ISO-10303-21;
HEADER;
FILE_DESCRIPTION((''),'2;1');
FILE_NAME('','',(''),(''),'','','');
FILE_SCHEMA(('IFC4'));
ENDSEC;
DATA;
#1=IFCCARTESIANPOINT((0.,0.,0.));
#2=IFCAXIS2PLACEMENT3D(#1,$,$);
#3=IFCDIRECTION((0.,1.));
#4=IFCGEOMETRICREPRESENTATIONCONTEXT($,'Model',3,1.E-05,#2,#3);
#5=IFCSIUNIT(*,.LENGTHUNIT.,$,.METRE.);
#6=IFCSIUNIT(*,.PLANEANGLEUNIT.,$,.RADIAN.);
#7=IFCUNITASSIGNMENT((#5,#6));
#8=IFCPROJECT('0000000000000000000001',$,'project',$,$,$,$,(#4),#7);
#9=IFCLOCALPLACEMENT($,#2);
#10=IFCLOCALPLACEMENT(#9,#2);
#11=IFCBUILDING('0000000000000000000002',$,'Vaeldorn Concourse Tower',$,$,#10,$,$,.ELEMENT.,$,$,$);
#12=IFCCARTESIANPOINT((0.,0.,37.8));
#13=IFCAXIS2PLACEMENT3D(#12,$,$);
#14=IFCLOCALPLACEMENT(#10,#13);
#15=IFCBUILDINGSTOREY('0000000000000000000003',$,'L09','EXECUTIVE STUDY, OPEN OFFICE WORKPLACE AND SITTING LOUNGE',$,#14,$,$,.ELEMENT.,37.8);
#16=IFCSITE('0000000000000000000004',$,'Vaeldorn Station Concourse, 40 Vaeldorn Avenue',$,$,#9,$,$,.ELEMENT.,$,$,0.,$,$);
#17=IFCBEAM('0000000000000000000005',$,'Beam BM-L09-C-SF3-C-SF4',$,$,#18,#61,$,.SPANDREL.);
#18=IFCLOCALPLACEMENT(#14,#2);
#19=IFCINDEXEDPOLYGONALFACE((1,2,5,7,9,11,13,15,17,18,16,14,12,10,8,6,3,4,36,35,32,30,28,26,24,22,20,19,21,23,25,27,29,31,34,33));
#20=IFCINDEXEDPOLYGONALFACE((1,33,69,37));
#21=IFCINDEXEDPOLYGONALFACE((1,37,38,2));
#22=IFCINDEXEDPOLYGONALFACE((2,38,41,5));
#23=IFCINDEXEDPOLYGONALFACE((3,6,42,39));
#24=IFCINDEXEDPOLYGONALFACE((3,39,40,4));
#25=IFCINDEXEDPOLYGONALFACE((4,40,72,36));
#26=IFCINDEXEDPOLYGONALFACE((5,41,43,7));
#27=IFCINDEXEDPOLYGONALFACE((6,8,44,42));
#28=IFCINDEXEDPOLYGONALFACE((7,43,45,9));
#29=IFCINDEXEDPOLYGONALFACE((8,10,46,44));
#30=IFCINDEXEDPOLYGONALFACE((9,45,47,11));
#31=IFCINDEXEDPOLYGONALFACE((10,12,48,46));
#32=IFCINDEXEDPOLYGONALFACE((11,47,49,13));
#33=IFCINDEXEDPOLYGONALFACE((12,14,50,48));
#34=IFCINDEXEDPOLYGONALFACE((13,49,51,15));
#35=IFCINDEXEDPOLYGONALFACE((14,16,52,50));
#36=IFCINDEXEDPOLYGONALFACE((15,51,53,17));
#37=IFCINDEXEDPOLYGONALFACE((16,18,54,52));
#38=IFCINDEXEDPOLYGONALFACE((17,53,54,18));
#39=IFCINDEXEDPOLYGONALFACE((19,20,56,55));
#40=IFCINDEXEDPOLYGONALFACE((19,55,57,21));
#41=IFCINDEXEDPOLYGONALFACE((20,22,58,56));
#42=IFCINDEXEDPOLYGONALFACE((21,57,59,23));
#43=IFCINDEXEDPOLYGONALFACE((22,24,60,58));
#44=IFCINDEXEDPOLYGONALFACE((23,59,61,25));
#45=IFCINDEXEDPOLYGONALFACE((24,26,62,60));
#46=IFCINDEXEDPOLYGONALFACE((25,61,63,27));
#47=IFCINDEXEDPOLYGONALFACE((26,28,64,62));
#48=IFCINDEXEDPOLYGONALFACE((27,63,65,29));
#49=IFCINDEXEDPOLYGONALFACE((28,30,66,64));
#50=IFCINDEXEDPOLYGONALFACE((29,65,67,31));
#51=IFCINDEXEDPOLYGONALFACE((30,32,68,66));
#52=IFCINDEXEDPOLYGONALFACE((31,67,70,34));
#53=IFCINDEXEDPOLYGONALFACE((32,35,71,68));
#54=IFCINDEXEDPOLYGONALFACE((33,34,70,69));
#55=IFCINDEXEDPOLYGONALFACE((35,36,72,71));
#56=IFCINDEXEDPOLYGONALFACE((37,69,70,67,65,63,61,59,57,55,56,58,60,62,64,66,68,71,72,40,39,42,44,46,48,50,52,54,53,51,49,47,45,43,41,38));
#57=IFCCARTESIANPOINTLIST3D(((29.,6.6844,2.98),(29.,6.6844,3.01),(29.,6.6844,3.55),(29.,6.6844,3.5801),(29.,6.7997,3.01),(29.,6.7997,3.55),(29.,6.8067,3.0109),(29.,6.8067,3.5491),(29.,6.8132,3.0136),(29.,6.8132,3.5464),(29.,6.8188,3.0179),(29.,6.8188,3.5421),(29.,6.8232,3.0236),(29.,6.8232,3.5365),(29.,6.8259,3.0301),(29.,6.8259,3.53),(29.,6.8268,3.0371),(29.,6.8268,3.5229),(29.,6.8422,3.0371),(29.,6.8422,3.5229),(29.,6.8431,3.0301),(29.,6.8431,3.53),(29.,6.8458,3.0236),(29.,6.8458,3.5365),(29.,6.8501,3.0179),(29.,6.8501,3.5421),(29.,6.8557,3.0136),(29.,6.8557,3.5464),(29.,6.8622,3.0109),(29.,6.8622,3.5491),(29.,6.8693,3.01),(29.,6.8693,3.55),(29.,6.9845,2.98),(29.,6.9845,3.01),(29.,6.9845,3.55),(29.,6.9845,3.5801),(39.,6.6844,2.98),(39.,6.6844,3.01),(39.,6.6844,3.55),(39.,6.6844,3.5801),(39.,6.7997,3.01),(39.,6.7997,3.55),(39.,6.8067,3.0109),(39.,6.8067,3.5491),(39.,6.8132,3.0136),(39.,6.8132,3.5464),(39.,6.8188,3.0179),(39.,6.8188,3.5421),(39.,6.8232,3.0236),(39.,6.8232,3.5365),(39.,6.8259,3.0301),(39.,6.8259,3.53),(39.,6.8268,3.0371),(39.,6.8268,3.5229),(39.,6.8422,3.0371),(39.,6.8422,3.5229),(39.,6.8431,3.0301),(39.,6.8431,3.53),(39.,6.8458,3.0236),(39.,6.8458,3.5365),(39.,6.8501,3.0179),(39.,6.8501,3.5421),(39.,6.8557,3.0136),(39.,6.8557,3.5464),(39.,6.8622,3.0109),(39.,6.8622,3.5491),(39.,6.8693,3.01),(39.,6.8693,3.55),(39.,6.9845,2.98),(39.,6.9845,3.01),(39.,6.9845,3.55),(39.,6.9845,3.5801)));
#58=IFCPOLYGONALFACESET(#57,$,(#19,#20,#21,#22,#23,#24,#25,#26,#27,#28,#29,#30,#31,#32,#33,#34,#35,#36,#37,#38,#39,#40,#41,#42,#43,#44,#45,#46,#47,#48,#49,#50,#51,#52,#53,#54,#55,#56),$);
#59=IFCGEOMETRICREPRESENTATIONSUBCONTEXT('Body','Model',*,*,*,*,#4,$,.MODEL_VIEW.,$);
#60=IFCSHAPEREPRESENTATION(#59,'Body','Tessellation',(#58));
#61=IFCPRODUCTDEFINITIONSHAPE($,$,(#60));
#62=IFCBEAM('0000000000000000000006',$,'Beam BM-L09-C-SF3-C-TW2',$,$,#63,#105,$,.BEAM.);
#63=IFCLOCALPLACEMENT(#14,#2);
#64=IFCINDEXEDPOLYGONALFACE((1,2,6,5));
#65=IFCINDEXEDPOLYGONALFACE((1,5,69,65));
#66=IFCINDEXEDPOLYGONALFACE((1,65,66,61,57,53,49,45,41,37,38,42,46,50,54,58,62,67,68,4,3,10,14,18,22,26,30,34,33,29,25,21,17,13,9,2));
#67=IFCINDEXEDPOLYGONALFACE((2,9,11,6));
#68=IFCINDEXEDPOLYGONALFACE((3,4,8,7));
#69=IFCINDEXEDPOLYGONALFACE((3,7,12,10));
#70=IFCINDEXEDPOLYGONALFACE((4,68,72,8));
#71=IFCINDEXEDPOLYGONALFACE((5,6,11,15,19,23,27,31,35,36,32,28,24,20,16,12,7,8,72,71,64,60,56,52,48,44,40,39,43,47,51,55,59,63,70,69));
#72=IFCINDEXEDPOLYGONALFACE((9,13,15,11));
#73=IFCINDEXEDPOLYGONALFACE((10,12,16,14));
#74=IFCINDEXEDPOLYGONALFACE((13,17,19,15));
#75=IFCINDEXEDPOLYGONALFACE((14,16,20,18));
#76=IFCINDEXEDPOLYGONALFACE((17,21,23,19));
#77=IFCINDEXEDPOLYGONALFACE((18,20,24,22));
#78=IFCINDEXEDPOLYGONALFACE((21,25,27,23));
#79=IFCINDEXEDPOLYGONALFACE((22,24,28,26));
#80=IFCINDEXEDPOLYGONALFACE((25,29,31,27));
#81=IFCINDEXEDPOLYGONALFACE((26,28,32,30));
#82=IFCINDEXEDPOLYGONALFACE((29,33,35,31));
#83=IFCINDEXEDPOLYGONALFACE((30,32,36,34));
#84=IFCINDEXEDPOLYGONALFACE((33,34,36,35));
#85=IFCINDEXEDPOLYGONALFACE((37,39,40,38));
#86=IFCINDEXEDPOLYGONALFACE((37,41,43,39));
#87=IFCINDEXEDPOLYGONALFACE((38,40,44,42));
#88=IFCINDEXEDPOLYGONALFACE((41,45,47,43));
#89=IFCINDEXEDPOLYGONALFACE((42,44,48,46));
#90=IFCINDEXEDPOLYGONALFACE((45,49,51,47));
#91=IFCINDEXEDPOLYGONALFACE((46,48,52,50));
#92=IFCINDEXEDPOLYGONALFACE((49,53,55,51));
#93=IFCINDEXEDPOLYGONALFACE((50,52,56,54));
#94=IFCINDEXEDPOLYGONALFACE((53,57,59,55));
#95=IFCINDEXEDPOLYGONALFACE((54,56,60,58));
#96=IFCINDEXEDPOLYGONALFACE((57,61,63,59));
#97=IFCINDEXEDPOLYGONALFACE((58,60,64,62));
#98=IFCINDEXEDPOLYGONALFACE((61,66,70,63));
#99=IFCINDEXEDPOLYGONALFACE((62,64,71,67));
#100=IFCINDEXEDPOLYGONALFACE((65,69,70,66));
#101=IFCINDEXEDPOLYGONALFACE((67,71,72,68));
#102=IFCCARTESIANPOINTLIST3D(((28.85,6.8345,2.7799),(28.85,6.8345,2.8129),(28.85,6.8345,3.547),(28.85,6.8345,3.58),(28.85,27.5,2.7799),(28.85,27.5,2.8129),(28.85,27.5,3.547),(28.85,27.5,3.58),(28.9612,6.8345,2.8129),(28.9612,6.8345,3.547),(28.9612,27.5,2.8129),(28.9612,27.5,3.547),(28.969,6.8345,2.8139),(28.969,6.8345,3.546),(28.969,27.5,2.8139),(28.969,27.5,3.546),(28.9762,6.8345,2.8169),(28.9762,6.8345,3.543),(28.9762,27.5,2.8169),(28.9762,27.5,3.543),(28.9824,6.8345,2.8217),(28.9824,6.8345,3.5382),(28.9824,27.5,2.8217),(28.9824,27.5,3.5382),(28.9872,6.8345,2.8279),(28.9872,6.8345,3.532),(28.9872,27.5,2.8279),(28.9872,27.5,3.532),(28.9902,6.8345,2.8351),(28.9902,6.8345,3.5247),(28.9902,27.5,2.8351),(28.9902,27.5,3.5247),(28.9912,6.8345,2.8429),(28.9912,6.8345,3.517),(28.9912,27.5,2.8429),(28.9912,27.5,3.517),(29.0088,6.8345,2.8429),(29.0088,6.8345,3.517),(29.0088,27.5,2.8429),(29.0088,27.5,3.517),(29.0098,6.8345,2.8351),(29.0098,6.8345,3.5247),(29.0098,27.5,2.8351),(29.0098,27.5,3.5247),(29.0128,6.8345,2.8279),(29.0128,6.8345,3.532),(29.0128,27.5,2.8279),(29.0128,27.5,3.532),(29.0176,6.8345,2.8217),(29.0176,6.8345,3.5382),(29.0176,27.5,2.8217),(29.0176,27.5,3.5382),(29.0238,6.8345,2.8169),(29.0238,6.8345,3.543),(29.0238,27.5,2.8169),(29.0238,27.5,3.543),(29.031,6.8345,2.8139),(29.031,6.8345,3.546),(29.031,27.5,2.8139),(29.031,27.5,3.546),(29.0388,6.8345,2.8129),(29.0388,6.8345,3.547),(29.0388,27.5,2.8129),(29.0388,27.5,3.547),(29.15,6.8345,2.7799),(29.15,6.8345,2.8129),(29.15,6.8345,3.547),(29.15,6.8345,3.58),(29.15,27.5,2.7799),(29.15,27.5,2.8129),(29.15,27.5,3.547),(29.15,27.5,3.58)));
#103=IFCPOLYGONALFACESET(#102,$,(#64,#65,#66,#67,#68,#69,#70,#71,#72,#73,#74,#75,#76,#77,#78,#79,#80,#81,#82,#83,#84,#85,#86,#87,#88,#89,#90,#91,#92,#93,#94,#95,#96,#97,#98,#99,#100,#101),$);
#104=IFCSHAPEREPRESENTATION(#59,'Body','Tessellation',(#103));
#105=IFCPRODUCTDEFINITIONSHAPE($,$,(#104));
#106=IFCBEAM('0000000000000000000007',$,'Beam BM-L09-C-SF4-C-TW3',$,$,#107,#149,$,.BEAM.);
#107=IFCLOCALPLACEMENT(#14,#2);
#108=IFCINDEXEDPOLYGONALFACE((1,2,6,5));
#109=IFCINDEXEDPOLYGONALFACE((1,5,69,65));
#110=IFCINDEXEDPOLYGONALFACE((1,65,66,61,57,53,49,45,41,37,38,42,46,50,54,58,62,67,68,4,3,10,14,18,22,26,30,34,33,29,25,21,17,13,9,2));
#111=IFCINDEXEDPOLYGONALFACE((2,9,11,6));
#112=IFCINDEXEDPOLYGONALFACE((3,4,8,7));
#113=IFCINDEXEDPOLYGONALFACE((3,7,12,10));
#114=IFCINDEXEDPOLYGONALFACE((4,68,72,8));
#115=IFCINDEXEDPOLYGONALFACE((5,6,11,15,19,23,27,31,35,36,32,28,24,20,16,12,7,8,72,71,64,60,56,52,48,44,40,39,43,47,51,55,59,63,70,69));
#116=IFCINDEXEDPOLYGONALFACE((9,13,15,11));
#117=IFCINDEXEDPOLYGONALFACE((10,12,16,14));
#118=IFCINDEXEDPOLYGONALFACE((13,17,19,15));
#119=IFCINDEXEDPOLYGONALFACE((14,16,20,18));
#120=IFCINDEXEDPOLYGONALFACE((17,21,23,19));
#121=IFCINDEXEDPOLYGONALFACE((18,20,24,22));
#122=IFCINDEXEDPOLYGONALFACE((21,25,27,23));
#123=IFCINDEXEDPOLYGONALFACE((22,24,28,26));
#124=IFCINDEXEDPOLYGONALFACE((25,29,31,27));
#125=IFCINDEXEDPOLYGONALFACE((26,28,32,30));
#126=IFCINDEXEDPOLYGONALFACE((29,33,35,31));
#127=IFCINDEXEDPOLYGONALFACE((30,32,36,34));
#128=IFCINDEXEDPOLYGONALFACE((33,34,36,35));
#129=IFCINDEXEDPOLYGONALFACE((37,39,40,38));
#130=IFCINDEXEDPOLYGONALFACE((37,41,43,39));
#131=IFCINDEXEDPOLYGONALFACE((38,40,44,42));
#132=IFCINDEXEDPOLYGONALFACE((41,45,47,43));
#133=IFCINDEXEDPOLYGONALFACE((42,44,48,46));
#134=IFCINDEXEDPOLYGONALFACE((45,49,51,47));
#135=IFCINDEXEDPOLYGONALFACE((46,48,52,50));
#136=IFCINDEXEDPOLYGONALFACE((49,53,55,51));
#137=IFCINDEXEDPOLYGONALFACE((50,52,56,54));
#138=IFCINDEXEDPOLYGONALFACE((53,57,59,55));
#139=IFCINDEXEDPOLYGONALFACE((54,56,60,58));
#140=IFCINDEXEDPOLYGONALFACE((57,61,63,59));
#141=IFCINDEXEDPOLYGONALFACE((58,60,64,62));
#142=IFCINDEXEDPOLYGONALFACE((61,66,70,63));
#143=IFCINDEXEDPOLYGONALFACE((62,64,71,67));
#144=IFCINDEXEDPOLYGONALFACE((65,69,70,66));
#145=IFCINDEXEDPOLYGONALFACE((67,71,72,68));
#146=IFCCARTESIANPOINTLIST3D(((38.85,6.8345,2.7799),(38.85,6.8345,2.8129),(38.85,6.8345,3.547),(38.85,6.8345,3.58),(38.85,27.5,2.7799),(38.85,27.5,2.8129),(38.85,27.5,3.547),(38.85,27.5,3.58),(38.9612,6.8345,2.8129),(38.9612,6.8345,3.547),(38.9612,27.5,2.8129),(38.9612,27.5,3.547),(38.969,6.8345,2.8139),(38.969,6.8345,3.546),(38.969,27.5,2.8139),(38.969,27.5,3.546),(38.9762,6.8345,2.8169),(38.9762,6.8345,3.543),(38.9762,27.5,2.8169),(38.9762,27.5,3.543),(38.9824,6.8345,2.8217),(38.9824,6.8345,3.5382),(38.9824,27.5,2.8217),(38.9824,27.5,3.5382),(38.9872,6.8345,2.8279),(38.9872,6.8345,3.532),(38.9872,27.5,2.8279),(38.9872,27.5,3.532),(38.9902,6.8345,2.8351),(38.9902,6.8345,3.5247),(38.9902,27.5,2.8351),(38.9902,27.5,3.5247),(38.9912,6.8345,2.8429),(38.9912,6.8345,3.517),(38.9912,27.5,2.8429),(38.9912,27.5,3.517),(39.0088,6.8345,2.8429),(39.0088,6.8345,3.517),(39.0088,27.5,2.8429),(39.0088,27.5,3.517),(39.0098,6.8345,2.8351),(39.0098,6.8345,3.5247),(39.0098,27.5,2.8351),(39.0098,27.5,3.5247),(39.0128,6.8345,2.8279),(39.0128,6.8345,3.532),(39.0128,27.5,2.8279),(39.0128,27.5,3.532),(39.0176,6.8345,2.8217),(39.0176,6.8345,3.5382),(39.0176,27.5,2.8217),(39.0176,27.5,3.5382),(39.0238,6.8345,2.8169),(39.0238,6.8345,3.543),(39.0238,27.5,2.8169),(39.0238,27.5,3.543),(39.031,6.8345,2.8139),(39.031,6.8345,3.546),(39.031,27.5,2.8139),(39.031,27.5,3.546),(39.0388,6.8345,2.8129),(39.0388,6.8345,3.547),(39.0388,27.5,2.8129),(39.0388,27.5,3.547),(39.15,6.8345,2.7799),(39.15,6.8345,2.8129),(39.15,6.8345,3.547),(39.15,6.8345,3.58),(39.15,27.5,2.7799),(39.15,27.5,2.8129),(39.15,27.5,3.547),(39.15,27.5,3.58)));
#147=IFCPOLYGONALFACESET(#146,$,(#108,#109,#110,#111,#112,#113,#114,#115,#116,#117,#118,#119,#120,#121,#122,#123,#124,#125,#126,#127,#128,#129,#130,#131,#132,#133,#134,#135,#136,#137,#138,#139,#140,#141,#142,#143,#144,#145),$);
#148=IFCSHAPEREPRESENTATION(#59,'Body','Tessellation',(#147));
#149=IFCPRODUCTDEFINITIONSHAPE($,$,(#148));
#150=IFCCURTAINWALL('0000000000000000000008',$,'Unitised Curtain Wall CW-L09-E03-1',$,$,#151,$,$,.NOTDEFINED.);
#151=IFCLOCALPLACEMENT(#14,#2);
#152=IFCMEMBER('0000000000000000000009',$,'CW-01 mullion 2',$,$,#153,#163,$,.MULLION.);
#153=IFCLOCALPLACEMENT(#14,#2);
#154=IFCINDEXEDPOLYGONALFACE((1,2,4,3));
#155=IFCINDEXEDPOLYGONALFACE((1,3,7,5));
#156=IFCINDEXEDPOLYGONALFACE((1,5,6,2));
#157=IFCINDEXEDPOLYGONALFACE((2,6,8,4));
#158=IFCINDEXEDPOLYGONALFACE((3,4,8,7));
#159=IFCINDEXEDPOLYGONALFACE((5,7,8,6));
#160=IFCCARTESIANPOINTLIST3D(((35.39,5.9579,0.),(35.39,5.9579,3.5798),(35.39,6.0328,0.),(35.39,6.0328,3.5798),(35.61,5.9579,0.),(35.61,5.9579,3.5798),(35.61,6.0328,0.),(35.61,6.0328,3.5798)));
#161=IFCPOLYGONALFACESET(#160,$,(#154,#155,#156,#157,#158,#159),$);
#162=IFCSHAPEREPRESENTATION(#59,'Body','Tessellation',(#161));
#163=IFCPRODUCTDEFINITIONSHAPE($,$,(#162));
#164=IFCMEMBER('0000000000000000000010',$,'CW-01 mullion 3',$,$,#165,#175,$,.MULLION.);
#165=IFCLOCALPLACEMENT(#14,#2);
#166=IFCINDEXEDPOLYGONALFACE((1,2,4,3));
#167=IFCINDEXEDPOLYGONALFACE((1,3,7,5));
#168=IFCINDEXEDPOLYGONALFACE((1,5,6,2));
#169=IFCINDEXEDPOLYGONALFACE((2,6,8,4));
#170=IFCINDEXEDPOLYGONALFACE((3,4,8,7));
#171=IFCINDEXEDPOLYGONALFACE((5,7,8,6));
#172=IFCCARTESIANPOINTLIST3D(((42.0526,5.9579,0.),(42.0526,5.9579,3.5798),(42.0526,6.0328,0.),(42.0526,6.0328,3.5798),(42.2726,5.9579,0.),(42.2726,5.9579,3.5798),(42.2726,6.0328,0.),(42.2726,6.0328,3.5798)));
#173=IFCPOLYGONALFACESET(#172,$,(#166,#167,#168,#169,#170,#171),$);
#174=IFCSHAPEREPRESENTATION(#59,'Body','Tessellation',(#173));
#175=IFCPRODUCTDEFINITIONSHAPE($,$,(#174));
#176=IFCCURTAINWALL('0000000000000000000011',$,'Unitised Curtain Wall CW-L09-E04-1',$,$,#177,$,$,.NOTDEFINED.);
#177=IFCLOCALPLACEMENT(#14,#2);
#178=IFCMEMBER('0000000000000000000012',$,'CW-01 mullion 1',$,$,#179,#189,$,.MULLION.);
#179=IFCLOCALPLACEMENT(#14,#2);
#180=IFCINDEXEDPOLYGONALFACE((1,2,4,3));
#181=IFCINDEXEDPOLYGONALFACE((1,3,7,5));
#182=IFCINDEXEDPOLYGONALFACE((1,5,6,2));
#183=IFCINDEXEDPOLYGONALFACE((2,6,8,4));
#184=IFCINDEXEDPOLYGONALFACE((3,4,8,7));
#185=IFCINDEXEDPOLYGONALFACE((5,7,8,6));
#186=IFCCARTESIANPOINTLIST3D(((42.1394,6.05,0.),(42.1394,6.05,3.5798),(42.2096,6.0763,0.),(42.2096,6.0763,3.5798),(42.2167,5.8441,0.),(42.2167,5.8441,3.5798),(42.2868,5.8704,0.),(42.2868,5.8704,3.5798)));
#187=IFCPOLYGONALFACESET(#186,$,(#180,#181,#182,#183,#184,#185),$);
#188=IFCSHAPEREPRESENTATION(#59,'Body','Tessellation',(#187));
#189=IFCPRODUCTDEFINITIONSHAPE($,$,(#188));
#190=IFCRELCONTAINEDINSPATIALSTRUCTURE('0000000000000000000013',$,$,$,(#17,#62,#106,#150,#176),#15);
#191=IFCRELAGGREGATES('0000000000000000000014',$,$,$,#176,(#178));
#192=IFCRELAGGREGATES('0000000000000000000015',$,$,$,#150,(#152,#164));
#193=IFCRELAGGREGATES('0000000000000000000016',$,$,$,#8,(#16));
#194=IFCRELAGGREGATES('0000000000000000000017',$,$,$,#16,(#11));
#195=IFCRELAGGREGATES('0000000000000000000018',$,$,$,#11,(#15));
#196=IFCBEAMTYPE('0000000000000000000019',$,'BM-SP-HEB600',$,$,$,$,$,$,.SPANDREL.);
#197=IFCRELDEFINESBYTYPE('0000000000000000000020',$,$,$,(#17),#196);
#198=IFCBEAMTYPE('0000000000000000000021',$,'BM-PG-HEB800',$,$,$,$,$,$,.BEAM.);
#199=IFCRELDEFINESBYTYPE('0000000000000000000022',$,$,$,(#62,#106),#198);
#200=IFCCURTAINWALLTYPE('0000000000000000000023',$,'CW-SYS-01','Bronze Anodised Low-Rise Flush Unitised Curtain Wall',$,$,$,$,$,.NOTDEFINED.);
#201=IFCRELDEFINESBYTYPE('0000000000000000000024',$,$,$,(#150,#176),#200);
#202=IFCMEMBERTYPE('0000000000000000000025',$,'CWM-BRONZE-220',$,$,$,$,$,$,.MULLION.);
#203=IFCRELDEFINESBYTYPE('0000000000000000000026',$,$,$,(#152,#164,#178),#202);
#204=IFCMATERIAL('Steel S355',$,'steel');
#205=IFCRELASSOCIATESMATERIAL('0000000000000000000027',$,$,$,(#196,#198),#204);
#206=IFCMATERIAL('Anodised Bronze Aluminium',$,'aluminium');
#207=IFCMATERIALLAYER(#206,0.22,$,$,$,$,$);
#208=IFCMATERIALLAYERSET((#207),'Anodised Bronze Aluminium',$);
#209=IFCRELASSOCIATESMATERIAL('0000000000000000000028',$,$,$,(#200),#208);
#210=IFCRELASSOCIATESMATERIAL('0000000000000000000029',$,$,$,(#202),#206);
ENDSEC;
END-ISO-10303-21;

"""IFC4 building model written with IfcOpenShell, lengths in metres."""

from ifc_helpers import new_model, si_unit, direction, frame, origin, origin_2d, place, context, subcontext, project, spatial, rectangle, i_section, extrude, source, transform, mapped, material, layer, layer_set, material_profile, profile_set, type_object, element, aggregate, save


model = new_model("IFC4")

# Units and contexts
model_context = context("Model", 3, precision=1e-05, world=origin(), true_north=direction((0.0, 1.0)))
body_context = subcontext(model_context, "Body", "Model", "MODEL_VIEW")
ifc_project = project(units=[si_unit("LENGTHUNIT", "METRE"), si_unit("PLANEANGLEUNIT", "RADIAN")], contexts=[model_context])

# Site, building, storey
site_placement = place(None, origin())
site = spatial("IfcSite", under=ifc_project, at=site_placement, Name="Vaeldorn Station Concourse, 40 Vaeldorn Avenue", CompositionType="ELEMENT", RefElevation=0.0)
building_placement = place(site_placement, origin())
building = spatial("IfcBuilding", under=site, at=building_placement, Name="Vaeldorn Concourse Tower", CompositionType="ELEMENT")
storey_placement = place(building_placement, frame((0.0, 0.0, 37.8)))
storey = spatial("IfcBuildingStorey", under=building, at=storey_placement, Name="L09", Description="EXECUTIVE STUDY, OPEN OFFICE WORKPLACE AND SITTING LOUNGE", CompositionType="ELEMENT", Elevation=37.8)

# Beams
ifc_material_1 = material(Name="Steel S355", Category="steel")
ifc_material_profile_1 = material_profile(ifc_material_1, i_section(OverallWidth=0.3, OverallDepth=0.6001, WebThickness=0.0154, FlangeThickness=0.03, FilletRadius=0.0271, at=origin_2d()), Name="HEB 600")
ifc_profile_set_1 = profile_set([ifc_material_profile_1], Name="Steel S355")
beam_type_1 = type_object("IfcBeamType", Name="BM-SP-HEB600", PredefinedType="SPANDREL", material=ifc_profile_set_1)
shared_shape_1 = source(origin(), body_context, "Body", "SweptSolid", [
    extrude(i_section(OverallWidth=0.3, OverallDepth=0.6001, WebThickness=0.0154, FlangeThickness=0.03, FilletRadius=0.0271, at=origin_2d()), origin(), (0.0, 0.0, 1.0), 10.0),
])
beam_1_placement = place(storey_placement, frame((29.0, 6.8345, 3.28), z_axis=(1.0, 0.0, 0.0), x_axis=(0.0, 1.0, 0.0)))
element("IfcBeam", 1, at=beam_1_placement, inside=storey, type_object=beam_type_1, Name="Beam BM-L09-C-SF3-C-SF4", PredefinedType="SPANDREL", context=body_context, shape_type="MappedRepresentation", body=[
    mapped(shared_shape_1, transform((0.0, 0.0, 0.0), scale=1.0)),
])
ifc_material_profile_2 = material_profile(ifc_material_1, i_section(OverallWidth=0.3, OverallDepth=0.8, WebThickness=0.0176, FlangeThickness=0.033, FilletRadius=0.03, at=origin_2d()), Name="HEB 800")
ifc_profile_set_2 = profile_set([ifc_material_profile_2], Name="Steel S355")
beam_type_2 = type_object("IfcBeamType", Name="BM-PG-HEB800", PredefinedType="BEAM", material=ifc_profile_set_2)
shared_shape_2 = source(origin(), body_context, "Body", "SweptSolid", [
    extrude(i_section(OverallWidth=0.3, OverallDepth=0.8, WebThickness=0.0176, FlangeThickness=0.033, FilletRadius=0.03, at=origin_2d()), origin(), (0.0, 0.0, 1.0), 20.6655),
])
for number, where, z_axis, x_axis, name in (
    (2, (29.0, 6.8345, 3.1799), (0.0, 1.0, 0.0), (-1.0, 0.0, 0.0), "Beam BM-L09-C-SF3-C-TW2"),
    (3, (39.0, 6.8345, 3.1799), (0.0, 1.0, 0.0), (-1.0, 0.0, 0.0), "Beam BM-L09-C-SF4-C-TW3"),
):
    element("IfcBeam", number, at=place(storey_placement, frame(where, z_axis=z_axis, x_axis=x_axis)), inside=storey, type_object=beam_type_2, Name=name, PredefinedType="BEAM", context=body_context, shape_type="MappedRepresentation", body=[
        mapped(shared_shape_2, transform((0.0, 0.0, 0.0), scale=1.0)),
    ])

# Curtain walls, members
ifc_material_2 = material(Name="Anodised Bronze Aluminium", Category="aluminium")
ifc_layer_1 = layer(ifc_material_2, 0.22)
ifc_layer_set_1 = layer_set([ifc_layer_1], Name="Anodised Bronze Aluminium")
curtain_wall_type = type_object("IfcCurtainWallType", Name="CW-SYS-01", Description="Bronze Anodised Low-Rise Flush Unitised Curtain Wall", PredefinedType="NOTDEFINED", material=ifc_layer_set_1)
curtain_wall_1_placement = place(storey_placement, origin())
curtain_wall_1 = element("IfcCurtainWall", 4, at=curtain_wall_1_placement, inside=storey, type_object=curtain_wall_type, Name="Unitised Curtain Wall CW-L09-E03-1", PredefinedType="NOTDEFINED")
ifc_material_profile_3 = material_profile(ifc_material_2, rectangle(XDim=0.075, YDim=0.22, at=origin_2d()), Name="CWM 75x220")
ifc_profile_set_3 = profile_set([ifc_material_profile_3], Name="Anodised Bronze Aluminium")
member_type_1 = type_object("IfcMemberType", Name="CWM-BRONZE-220", PredefinedType="MULLION", material=ifc_profile_set_3)
shared_shape_3 = source(origin(), body_context, "Body", "SweptSolid", [
    extrude(rectangle(XDim=0.075, YDim=0.22, at=origin_2d()), origin(), (0.0, 0.0, 1.0), 3.5798),
])
member_1_placement = place(storey_placement, frame((35.5, 5.9954, 0.0), z_axis=(0.0, 0.0, 1.0), x_axis=(0.0, 1.0, 0.0)))
member_1 = element("IfcMember", 5, at=member_1_placement, type_object=member_type_1, Name="CW-01 mullion 2", PredefinedType="MULLION", context=body_context, shape_type="MappedRepresentation", body=[
    mapped(shared_shape_3, transform((0.0, 0.0, 0.0), scale=1.0)),
])
member_2_placement = place(storey_placement, frame((42.1626, 5.9954, 0.0), z_axis=(0.0, 0.0, 1.0), x_axis=(0.0, 1.0, 0.0)))
member_2 = element("IfcMember", 6, at=member_2_placement, type_object=member_type_1, Name="CW-01 mullion 3", PredefinedType="MULLION", context=body_context, shape_type="MappedRepresentation", body=[
    mapped(shared_shape_3, transform((0.0, 0.0, 0.0), scale=1.0)),
])
curtain_wall_2_placement = place(storey_placement, origin())
curtain_wall_2 = element("IfcCurtainWall", 7, at=curtain_wall_2_placement, inside=storey, type_object=curtain_wall_type, Name="Unitised Curtain Wall CW-L09-E04-1", PredefinedType="NOTDEFINED")
member_3_placement = place(storey_placement, frame((42.2131, 5.9602, 0.0), z_axis=(0.0, 0.0, 1.0), x_axis=(0.936329, 0.351123, 0.0)))
member_3 = element("IfcMember", 8, at=member_3_placement, type_object=member_type_1, Name="CW-01 mullion 1", PredefinedType="MULLION", context=body_context, shape_type="MappedRepresentation", body=[
    mapped(shared_shape_3, transform((0.0, 0.0, 0.0), scale=1.0)),
])

aggregate(curtain_wall_2, [member_3])
aggregate(curtain_wall_1, [member_1, member_2])

save(model, "model.ifc")
